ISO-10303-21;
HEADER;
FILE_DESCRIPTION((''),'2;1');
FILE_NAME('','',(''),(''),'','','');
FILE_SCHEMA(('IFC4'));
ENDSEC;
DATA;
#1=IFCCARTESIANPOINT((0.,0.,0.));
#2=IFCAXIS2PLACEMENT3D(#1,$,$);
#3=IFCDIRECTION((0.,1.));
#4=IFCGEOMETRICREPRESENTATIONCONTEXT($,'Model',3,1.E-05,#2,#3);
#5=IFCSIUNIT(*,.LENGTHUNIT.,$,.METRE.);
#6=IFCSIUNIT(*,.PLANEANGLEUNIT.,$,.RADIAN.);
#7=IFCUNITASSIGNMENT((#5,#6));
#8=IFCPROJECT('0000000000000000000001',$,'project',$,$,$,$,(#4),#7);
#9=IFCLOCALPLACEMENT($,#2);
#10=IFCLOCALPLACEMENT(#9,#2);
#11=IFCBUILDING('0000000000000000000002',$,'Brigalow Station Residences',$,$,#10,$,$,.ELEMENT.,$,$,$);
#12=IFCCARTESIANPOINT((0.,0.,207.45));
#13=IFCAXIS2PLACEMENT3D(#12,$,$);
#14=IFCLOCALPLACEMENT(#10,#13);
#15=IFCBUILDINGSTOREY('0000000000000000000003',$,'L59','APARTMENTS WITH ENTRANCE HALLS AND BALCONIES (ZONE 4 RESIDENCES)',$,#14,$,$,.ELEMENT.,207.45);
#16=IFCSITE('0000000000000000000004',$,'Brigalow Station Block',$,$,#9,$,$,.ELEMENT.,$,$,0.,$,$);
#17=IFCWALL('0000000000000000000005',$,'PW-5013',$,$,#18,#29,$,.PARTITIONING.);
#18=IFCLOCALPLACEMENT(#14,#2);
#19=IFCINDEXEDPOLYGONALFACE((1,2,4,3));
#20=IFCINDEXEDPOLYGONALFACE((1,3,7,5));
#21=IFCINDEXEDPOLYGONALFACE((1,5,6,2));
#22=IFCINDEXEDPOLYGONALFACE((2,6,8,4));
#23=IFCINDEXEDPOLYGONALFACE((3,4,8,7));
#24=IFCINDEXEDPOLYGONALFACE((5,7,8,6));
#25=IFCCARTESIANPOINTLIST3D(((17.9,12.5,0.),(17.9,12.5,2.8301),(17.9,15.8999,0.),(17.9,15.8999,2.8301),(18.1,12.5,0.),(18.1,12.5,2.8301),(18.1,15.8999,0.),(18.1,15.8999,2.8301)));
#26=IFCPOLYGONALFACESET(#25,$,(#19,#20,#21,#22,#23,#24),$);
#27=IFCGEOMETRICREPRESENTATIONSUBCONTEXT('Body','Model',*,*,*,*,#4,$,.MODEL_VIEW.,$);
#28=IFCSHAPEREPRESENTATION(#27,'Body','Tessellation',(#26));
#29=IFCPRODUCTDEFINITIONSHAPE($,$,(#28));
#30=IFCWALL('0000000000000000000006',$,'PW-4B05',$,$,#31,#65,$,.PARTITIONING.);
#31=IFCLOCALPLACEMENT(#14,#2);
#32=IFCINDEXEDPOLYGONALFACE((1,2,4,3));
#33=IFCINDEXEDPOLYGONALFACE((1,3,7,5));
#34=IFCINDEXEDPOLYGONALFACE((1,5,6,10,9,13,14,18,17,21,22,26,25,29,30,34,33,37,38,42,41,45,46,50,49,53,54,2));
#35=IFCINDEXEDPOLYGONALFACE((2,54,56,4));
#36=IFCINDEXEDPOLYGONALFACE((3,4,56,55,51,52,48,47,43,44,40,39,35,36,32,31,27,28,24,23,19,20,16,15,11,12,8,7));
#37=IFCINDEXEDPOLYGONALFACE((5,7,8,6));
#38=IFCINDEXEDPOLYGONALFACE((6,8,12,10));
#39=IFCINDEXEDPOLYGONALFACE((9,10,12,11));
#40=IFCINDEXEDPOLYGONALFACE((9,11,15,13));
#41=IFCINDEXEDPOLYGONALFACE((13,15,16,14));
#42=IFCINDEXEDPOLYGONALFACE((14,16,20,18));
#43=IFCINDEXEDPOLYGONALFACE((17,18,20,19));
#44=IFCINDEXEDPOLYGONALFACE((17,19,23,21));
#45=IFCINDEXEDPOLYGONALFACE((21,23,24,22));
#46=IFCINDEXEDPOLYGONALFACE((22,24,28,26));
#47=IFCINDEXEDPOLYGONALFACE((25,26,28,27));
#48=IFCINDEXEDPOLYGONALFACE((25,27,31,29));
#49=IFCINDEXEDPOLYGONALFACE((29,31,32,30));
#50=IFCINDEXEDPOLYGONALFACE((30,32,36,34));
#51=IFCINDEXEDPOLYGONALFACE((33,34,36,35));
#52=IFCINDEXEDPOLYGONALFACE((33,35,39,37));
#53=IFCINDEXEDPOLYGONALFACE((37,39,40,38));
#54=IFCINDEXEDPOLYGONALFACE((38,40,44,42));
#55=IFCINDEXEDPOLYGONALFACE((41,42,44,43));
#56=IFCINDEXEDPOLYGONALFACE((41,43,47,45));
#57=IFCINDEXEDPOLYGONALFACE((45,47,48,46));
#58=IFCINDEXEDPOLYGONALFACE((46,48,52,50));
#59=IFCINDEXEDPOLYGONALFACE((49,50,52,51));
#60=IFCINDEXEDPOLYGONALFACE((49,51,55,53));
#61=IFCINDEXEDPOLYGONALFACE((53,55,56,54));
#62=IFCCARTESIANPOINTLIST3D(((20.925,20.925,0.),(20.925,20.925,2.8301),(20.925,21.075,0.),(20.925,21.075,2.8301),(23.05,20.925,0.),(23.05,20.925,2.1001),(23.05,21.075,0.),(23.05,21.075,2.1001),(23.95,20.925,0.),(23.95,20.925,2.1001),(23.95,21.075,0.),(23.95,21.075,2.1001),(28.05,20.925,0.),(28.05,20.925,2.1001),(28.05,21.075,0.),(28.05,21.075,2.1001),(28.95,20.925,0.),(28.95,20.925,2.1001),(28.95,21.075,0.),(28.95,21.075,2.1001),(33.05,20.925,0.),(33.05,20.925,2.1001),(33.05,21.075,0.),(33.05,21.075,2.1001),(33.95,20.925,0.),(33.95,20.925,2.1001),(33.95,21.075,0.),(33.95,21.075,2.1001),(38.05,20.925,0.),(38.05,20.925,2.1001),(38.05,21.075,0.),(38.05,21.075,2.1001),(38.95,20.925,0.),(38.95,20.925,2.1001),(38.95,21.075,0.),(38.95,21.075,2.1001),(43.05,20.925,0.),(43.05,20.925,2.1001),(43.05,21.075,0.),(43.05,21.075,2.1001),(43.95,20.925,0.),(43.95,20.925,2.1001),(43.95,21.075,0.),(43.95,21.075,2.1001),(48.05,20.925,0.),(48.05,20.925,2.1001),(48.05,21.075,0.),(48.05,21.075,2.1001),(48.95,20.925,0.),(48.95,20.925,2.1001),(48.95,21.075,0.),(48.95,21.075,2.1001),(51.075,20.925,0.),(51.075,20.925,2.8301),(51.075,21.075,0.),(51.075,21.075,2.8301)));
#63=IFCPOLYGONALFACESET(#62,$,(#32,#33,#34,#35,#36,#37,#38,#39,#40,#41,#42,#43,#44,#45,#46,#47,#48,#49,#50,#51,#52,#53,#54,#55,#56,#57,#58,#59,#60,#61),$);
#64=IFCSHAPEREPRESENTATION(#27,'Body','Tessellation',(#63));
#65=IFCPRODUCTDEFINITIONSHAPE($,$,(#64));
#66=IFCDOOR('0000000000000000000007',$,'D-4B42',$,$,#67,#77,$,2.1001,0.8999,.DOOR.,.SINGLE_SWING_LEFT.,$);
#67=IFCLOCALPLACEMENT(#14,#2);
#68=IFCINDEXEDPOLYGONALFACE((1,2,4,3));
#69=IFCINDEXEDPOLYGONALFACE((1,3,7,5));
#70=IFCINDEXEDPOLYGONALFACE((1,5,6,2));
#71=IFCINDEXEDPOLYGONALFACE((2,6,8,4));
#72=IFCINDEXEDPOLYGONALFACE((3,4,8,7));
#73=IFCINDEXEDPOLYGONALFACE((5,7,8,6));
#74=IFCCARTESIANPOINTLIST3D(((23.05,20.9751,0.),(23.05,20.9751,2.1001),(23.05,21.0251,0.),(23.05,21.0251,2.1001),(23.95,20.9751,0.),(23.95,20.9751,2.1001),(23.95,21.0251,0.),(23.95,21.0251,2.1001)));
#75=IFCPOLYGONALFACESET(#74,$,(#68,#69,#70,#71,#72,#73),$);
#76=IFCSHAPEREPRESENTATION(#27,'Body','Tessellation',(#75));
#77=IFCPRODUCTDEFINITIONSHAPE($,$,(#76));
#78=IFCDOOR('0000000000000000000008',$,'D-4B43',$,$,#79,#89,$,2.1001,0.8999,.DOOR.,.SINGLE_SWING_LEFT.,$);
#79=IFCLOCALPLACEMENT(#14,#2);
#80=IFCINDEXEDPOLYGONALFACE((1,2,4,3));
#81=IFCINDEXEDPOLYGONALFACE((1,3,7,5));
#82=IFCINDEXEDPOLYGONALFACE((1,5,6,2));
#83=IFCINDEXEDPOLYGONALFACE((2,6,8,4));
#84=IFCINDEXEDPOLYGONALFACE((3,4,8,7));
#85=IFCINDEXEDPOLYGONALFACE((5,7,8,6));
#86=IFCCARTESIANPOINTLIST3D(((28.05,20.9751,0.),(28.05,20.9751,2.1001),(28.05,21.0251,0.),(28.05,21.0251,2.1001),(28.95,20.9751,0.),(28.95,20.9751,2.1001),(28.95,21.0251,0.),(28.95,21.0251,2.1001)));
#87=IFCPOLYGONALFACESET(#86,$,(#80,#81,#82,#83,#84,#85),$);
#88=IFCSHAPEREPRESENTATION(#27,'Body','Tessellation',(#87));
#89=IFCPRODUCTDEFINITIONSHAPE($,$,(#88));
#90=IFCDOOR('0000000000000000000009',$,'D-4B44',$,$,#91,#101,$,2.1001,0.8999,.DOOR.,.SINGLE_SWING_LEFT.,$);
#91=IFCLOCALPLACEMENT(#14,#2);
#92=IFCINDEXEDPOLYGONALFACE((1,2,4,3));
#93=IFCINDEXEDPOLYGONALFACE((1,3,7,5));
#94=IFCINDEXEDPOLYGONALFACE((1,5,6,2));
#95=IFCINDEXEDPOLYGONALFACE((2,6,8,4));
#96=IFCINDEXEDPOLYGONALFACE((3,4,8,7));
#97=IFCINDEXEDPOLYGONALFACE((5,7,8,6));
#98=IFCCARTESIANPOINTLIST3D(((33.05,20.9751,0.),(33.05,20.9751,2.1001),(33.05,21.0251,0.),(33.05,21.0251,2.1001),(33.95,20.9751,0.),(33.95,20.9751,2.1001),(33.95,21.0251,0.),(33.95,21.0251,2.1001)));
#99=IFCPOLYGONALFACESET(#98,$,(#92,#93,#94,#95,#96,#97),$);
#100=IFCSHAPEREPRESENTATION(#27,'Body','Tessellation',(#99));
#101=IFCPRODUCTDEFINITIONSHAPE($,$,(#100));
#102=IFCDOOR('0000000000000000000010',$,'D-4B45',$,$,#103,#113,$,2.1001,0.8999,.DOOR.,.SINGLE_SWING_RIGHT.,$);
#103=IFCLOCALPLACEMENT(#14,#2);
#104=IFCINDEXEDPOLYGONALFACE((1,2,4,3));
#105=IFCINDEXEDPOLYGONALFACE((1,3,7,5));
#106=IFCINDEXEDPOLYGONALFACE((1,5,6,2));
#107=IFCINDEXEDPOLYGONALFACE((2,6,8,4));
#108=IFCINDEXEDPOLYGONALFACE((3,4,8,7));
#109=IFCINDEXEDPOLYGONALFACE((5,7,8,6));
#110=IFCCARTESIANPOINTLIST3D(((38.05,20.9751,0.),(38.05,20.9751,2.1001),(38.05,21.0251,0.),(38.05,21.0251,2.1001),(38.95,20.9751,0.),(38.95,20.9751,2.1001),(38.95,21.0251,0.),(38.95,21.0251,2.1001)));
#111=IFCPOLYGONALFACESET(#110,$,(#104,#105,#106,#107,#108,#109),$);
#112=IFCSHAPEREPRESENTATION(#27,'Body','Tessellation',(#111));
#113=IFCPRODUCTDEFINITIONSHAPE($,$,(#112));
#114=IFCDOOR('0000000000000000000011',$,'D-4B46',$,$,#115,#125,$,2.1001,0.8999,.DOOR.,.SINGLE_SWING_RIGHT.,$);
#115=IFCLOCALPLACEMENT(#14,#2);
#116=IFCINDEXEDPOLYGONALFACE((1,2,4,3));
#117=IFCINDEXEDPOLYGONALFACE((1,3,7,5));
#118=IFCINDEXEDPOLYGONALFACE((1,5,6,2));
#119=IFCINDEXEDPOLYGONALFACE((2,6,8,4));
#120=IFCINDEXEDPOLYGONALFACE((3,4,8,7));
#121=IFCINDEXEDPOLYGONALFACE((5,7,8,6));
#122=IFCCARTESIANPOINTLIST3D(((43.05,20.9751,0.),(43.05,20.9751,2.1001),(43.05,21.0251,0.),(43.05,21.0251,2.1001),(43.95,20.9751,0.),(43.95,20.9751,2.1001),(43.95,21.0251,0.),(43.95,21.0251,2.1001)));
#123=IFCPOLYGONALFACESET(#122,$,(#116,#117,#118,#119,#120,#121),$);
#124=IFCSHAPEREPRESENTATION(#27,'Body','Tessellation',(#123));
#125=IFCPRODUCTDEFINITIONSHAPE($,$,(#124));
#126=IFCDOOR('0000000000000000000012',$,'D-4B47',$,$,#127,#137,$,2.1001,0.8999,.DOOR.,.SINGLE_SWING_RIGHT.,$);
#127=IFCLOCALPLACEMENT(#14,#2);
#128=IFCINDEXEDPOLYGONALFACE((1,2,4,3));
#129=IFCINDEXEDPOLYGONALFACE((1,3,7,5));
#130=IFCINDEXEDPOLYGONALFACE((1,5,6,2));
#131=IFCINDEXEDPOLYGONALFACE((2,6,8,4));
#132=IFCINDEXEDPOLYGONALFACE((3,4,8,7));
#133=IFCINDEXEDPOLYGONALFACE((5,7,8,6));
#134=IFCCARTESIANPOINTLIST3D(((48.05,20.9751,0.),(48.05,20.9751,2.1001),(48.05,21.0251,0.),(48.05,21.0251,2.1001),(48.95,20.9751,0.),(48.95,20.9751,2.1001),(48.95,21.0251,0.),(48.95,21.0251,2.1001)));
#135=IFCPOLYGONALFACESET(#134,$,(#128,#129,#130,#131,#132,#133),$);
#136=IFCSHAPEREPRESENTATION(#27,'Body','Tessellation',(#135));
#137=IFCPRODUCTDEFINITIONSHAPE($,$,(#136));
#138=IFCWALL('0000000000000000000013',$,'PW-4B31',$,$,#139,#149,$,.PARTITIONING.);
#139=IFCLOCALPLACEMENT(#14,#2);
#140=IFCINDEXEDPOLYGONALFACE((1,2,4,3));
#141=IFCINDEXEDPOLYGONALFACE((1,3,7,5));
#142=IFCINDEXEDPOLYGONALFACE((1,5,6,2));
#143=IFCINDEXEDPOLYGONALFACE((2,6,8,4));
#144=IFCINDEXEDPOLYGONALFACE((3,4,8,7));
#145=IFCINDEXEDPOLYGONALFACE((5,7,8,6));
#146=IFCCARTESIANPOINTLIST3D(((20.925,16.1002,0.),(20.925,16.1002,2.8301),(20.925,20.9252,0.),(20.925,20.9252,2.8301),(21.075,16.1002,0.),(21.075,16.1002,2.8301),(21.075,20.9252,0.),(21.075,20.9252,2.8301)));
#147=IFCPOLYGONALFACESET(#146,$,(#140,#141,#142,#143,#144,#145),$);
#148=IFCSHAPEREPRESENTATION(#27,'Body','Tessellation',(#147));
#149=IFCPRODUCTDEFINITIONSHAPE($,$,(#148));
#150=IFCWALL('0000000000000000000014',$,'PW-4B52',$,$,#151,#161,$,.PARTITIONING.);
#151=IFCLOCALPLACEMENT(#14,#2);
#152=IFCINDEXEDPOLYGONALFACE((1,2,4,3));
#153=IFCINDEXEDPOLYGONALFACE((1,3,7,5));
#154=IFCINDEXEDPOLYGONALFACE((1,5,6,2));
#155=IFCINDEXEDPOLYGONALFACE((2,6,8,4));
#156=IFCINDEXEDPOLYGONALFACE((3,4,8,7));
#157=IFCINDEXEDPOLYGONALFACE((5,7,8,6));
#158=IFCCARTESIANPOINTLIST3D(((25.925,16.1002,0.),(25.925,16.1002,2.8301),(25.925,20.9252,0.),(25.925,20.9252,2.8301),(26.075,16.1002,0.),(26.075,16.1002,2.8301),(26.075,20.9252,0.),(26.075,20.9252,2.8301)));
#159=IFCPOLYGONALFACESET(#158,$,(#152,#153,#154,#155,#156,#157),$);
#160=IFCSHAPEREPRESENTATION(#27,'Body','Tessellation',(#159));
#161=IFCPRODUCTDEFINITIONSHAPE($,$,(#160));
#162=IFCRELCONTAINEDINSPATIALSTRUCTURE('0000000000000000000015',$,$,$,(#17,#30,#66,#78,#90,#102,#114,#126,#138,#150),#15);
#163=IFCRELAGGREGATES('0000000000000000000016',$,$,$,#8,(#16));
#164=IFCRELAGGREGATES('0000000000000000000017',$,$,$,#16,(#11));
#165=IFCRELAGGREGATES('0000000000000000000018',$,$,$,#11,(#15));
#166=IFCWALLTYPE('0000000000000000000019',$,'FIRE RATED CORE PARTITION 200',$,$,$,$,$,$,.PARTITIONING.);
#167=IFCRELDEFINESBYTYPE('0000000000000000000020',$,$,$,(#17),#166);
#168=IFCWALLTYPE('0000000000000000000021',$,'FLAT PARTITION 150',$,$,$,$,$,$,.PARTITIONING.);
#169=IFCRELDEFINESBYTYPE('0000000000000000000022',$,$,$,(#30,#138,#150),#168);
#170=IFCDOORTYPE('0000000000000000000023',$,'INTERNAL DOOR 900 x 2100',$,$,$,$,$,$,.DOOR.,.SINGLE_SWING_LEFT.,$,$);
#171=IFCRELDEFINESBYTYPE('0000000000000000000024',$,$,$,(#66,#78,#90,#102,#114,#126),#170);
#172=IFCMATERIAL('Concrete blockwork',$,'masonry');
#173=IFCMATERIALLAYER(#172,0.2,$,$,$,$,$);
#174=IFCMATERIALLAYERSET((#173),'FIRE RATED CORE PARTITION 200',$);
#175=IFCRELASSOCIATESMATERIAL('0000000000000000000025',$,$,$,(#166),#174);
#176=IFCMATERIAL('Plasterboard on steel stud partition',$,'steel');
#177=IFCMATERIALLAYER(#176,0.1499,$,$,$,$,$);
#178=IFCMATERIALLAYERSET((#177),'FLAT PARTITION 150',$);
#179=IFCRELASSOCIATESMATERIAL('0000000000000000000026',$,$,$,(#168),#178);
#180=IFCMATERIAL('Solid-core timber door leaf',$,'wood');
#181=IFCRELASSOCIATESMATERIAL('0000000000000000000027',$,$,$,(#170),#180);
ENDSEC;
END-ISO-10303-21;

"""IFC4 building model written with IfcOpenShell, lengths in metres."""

from ifc_helpers import new_model, si_unit, direction, frame, frame_2d, origin, place, context, subcontext, project, spatial, rectangle, extrude, material, layer, layer_set, type_object, element, fill, save


model = new_model("IFC4")

# Units and contexts
model_context = context("Model", 3, precision=1e-05, world=origin(), true_north=direction((0.0, 1.0)))
body_context = subcontext(model_context, "Body", "Model", "MODEL_VIEW")
ifc_project = project(units=[si_unit("LENGTHUNIT", "METRE"), si_unit("PLANEANGLEUNIT", "RADIAN")], contexts=[model_context])

# Site, building, storey
site_placement = place(None, origin())
site = spatial("IfcSite", under=ifc_project, at=site_placement, Name="Brigalow Station Block", CompositionType="ELEMENT", RefElevation=0.0)
building_placement = place(site_placement, origin())
building = spatial("IfcBuilding", under=site, at=building_placement, Name="Brigalow Station Residences", CompositionType="ELEMENT")
storey_placement = place(building_placement, frame((0.0, 0.0, 207.45)))
storey = spatial("IfcBuildingStorey", under=building, at=storey_placement, Name="L59", Description="APARTMENTS WITH ENTRANCE HALLS AND BALCONIES (ZONE 4 RESIDENCES)", CompositionType="ELEMENT", Elevation=207.45)

# Wall
ifc_material_1 = material(Name="Concrete blockwork", Category="masonry")
ifc_layer_1 = layer(ifc_material_1, 0.2)
ifc_layer_set_1 = layer_set([ifc_layer_1], Name="FIRE RATED CORE PARTITION 200")
wall_type_1 = type_object("IfcWallType", Name="FIRE RATED CORE PARTITION 200", PredefinedType="PARTITIONING", material=ifc_layer_set_1)
wall_1_placement = place(storey_placement, frame((18.0, 12.5, 0.0), z_axis=(0.0, 0.0, 1.0), x_axis=(0.0, 1.0, 0.0)))
element("IfcWall", 1, at=wall_1_placement, inside=storey, type_object=wall_type_1, Name="PW-5013", PredefinedType="PARTITIONING", context=body_context, shape_type="SweptSolid", body=[
    extrude(rectangle(XDim=3.3999, YDim=0.2, at=frame_2d((1.7, 0.0))), origin(), (0.0, 0.0, 1.0), 2.8301),
])

# Wall, openings, doors
ifc_material_2 = material(Name="Plasterboard on steel stud partition", Category="steel")
ifc_layer_2 = layer(ifc_material_2, 0.1499)
ifc_layer_set_2 = layer_set([ifc_layer_2], Name="FLAT PARTITION 150")
wall_type_2 = type_object("IfcWallType", Name="FLAT PARTITION 150", PredefinedType="PARTITIONING", material=ifc_layer_set_2)
wall_2_placement = place(storey_placement, frame((20.925, 21.0, 0.0), z_axis=(0.0, 0.0, 1.0), x_axis=(1.0, 0.0, 0.0)))
wall_2 = element("IfcWall", 2, at=wall_2_placement, inside=storey, type_object=wall_type_2, Name="PW-4B05", PredefinedType="PARTITIONING", context=body_context, shape_type="SweptSolid", body=[
    extrude(rectangle(XDim=30.1499, YDim=0.1499, at=frame_2d((15.075, 0.0))), origin(), (0.0, 0.0, 1.0), 2.8301),
])
opening_1_placement = place(wall_2_placement, frame((2.125, 0.0, 0.0)))
opening_1 = element("IfcOpeningElement", 3, at=opening_1_placement, cuts=wall_2, PredefinedType="OPENING", context=body_context, shape_type="SweptSolid", body=[
    extrude(rectangle(XDim=0.8999, YDim=2.1001, at=frame_2d((0.45, 1.05))), frame((0.0, 0.085, 0.0), z_axis=(0.0, -1.0, 0.0), x_axis=(1.0, 0.0, 0.0)), (0.0, 0.0, 1.0), 0.1699),
])
opening_2_placement = place(wall_2_placement, frame((7.125, 0.0, 0.0)))
opening_2 = element("IfcOpeningElement", 4, at=opening_2_placement, cuts=wall_2, PredefinedType="OPENING", context=body_context, shape_type="SweptSolid", body=[
    extrude(rectangle(XDim=0.8999, YDim=2.1001, at=frame_2d((0.45, 1.05))), frame((0.0, 0.085, 0.0), z_axis=(0.0, -1.0, 0.0), x_axis=(1.0, 0.0, 0.0)), (0.0, 0.0, 1.0), 0.1699),
])
opening_3_placement = place(wall_2_placement, frame((12.125, 0.0, 0.0)))
opening_3 = element("IfcOpeningElement", 5, at=opening_3_placement, cuts=wall_2, PredefinedType="OPENING", context=body_context, shape_type="SweptSolid", body=[
    extrude(rectangle(XDim=0.8999, YDim=2.1001, at=frame_2d((0.45, 1.05))), frame((0.0, 0.085, 0.0), z_axis=(0.0, -1.0, 0.0), x_axis=(1.0, 0.0, 0.0)), (0.0, 0.0, 1.0), 0.1699),
])
opening_4_placement = place(wall_2_placement, frame((17.125, 0.0, 0.0)))
opening_4 = element("IfcOpeningElement", 6, at=opening_4_placement, cuts=wall_2, PredefinedType="OPENING", context=body_context, shape_type="SweptSolid", body=[
    extrude(rectangle(XDim=0.8999, YDim=2.1001, at=frame_2d((0.45, 1.05))), frame((0.0, 0.085, 0.0), z_axis=(0.0, -1.0, 0.0), x_axis=(1.0, 0.0, 0.0)), (0.0, 0.0, 1.0), 0.1699),
])
opening_5_placement = place(wall_2_placement, frame((22.125, 0.0, 0.0)))
opening_5 = element("IfcOpeningElement", 7, at=opening_5_placement, cuts=wall_2, PredefinedType="OPENING", context=body_context, shape_type="SweptSolid", body=[
    extrude(rectangle(XDim=0.8999, YDim=2.1001, at=frame_2d((0.45, 1.05))), frame((0.0, 0.085, 0.0), z_axis=(0.0, -1.0, 0.0), x_axis=(1.0, 0.0, 0.0)), (0.0, 0.0, 1.0), 0.1699),
])
opening_6_placement = place(wall_2_placement, frame((27.125, 0.0, 0.0)))
opening_6 = element("IfcOpeningElement", 8, at=opening_6_placement, cuts=wall_2, PredefinedType="OPENING", context=body_context, shape_type="SweptSolid", body=[
    extrude(rectangle(XDim=0.8999, YDim=2.1001, at=frame_2d((0.45, 1.05))), frame((0.0, 0.085, 0.0), z_axis=(0.0, -1.0, 0.0), x_axis=(1.0, 0.0, 0.0)), (0.0, 0.0, 1.0), 0.1699),
])
ifc_material_3 = material(Name="Solid-core timber door leaf", Category="wood")
door_type_1 = type_object("IfcDoorType", Name="INTERNAL DOOR 900 x 2100", OperationType="SINGLE_SWING_LEFT", PredefinedType="DOOR", material=ifc_material_3)
door_1_placement = place(opening_1_placement, frame((0.8999, 0.0, 0.0), z_axis=(0.0, 0.0, 1.0), x_axis=(-1.0, 0.0, 0.0)))
door_1 = element("IfcDoor", 9, at=door_1_placement, inside=storey, type_object=door_type_1, Name="D-4B42", OperationType="SINGLE_SWING_LEFT", OverallHeight=2.1001, OverallWidth=0.8999, PredefinedType="DOOR", context=body_context, shape_type="SweptSolid", body=[
    extrude(rectangle(XDim=0.8999, YDim=2.1001, at=frame_2d((0.45, 1.05))), frame((0.0, 0.0249, 0.0), z_axis=(0.0, -1.0, 0.0), x_axis=(1.0, 0.0, 0.0)), (0.0, 0.0, 1.0), 0.05),
])
fill(opening_1, door_1)
door_2_placement = place(opening_2_placement, frame((0.8999, 0.0, 0.0), z_axis=(0.0, 0.0, 1.0), x_axis=(-1.0, 0.0, 0.0)))
door_2 = element("IfcDoor", 10, at=door_2_placement, inside=storey, type_object=door_type_1, Name="D-4B43", OperationType="SINGLE_SWING_LEFT", OverallHeight=2.1001, OverallWidth=0.8999, PredefinedType="DOOR", context=body_context, shape_type="SweptSolid", body=[
    extrude(rectangle(XDim=0.8999, YDim=2.1001, at=frame_2d((0.45, 1.05))), frame((0.0, 0.0249, 0.0), z_axis=(0.0, -1.0, 0.0), x_axis=(1.0, 0.0, 0.0)), (0.0, 0.0, 1.0), 0.05),
])
fill(opening_2, door_2)
door_3_placement = place(opening_3_placement, frame((0.8999, 0.0, 0.0), z_axis=(0.0, 0.0, 1.0), x_axis=(-1.0, 0.0, 0.0)))
door_3 = element("IfcDoor", 11, at=door_3_placement, inside=storey, type_object=door_type_1, Name="D-4B44", OperationType="SINGLE_SWING_LEFT", OverallHeight=2.1001, OverallWidth=0.8999, PredefinedType="DOOR", context=body_context, shape_type="SweptSolid", body=[
    extrude(rectangle(XDim=0.8999, YDim=2.1001, at=frame_2d((0.45, 1.05))), frame((0.0, 0.0249, 0.0), z_axis=(0.0, -1.0, 0.0), x_axis=(1.0, 0.0, 0.0)), (0.0, 0.0, 1.0), 0.05),
])
fill(opening_3, door_3)
door_4_placement = place(opening_4_placement, frame((0.8999, 0.0, 0.0), z_axis=(0.0, 0.0, 1.0), x_axis=(-1.0, 0.0, 0.0)))
door_4 = element("IfcDoor", 12, at=door_4_placement, inside=storey, type_object=door_type_1, Name="D-4B45", OperationType="SINGLE_SWING_RIGHT", OverallHeight=2.1001, OverallWidth=0.8999, PredefinedType="DOOR", context=body_context, shape_type="SweptSolid", body=[
    extrude(rectangle(XDim=0.8999, YDim=2.1001, at=frame_2d((0.45, 1.05))), frame((0.0, 0.0249, 0.0), z_axis=(0.0, -1.0, 0.0), x_axis=(1.0, 0.0, 0.0)), (0.0, 0.0, 1.0), 0.05),
])
fill(opening_4, door_4)
door_5_placement = place(opening_5_placement, frame((0.8999, 0.0, 0.0), z_axis=(0.0, 0.0, 1.0), x_axis=(-1.0, 0.0, 0.0)))
door_5 = element("IfcDoor", 13, at=door_5_placement, inside=storey, type_object=door_type_1, Name="D-4B46", OperationType="SINGLE_SWING_RIGHT", OverallHeight=2.1001, OverallWidth=0.8999, PredefinedType="DOOR", context=body_context, shape_type="SweptSolid", body=[
    extrude(rectangle(XDim=0.8999, YDim=2.1001, at=frame_2d((0.45, 1.05))), frame((0.0, 0.0249, 0.0), z_axis=(0.0, -1.0, 0.0), x_axis=(1.0, 0.0, 0.0)), (0.0, 0.0, 1.0), 0.05),
])
fill(opening_5, door_5)
door_6_placement = place(opening_6_placement, frame((0.8999, 0.0, 0.0), z_axis=(0.0, 0.0, 1.0), x_axis=(-1.0, 0.0, 0.0)))
door_6 = element("IfcDoor", 14, at=door_6_placement, inside=storey, type_object=door_type_1, Name="D-4B47", OperationType="SINGLE_SWING_RIGHT", OverallHeight=2.1001, OverallWidth=0.8999, PredefinedType="DOOR", context=body_context, shape_type="SweptSolid", body=[
    extrude(rectangle(XDim=0.8999, YDim=2.1001, at=frame_2d((0.45, 1.05))), frame((0.0, 0.0249, 0.0), z_axis=(0.0, -1.0, 0.0), x_axis=(1.0, 0.0, 0.0)), (0.0, 0.0, 1.0), 0.05),
])
fill(opening_6, door_6)

# Walls
for number, where, z_axis, x_axis, name in (
    (15, (21.0, 16.1001, 0.0), (0.0, 0.0, 1.0), (0.0, 1.0, 0.0), "PW-4B31"),
    (16, (26.0, 16.1001, 0.0), (0.0, 0.0, 1.0), (0.0, 1.0, 0.0), "PW-4B52"),
):
    element("IfcWall", number, at=place(storey_placement, frame(where, z_axis=z_axis, x_axis=x_axis)), inside=storey, type_object=wall_type_2, Name=name, PredefinedType="PARTITIONING", context=body_context, shape_type="SweptSolid", body=[
        extrude(rectangle(XDim=4.825, YDim=0.1499, at=frame_2d((2.4126, 0.0))), origin(), (0.0, 0.0, 1.0), 2.8301),
    ])

save(model, "model.ifc")
